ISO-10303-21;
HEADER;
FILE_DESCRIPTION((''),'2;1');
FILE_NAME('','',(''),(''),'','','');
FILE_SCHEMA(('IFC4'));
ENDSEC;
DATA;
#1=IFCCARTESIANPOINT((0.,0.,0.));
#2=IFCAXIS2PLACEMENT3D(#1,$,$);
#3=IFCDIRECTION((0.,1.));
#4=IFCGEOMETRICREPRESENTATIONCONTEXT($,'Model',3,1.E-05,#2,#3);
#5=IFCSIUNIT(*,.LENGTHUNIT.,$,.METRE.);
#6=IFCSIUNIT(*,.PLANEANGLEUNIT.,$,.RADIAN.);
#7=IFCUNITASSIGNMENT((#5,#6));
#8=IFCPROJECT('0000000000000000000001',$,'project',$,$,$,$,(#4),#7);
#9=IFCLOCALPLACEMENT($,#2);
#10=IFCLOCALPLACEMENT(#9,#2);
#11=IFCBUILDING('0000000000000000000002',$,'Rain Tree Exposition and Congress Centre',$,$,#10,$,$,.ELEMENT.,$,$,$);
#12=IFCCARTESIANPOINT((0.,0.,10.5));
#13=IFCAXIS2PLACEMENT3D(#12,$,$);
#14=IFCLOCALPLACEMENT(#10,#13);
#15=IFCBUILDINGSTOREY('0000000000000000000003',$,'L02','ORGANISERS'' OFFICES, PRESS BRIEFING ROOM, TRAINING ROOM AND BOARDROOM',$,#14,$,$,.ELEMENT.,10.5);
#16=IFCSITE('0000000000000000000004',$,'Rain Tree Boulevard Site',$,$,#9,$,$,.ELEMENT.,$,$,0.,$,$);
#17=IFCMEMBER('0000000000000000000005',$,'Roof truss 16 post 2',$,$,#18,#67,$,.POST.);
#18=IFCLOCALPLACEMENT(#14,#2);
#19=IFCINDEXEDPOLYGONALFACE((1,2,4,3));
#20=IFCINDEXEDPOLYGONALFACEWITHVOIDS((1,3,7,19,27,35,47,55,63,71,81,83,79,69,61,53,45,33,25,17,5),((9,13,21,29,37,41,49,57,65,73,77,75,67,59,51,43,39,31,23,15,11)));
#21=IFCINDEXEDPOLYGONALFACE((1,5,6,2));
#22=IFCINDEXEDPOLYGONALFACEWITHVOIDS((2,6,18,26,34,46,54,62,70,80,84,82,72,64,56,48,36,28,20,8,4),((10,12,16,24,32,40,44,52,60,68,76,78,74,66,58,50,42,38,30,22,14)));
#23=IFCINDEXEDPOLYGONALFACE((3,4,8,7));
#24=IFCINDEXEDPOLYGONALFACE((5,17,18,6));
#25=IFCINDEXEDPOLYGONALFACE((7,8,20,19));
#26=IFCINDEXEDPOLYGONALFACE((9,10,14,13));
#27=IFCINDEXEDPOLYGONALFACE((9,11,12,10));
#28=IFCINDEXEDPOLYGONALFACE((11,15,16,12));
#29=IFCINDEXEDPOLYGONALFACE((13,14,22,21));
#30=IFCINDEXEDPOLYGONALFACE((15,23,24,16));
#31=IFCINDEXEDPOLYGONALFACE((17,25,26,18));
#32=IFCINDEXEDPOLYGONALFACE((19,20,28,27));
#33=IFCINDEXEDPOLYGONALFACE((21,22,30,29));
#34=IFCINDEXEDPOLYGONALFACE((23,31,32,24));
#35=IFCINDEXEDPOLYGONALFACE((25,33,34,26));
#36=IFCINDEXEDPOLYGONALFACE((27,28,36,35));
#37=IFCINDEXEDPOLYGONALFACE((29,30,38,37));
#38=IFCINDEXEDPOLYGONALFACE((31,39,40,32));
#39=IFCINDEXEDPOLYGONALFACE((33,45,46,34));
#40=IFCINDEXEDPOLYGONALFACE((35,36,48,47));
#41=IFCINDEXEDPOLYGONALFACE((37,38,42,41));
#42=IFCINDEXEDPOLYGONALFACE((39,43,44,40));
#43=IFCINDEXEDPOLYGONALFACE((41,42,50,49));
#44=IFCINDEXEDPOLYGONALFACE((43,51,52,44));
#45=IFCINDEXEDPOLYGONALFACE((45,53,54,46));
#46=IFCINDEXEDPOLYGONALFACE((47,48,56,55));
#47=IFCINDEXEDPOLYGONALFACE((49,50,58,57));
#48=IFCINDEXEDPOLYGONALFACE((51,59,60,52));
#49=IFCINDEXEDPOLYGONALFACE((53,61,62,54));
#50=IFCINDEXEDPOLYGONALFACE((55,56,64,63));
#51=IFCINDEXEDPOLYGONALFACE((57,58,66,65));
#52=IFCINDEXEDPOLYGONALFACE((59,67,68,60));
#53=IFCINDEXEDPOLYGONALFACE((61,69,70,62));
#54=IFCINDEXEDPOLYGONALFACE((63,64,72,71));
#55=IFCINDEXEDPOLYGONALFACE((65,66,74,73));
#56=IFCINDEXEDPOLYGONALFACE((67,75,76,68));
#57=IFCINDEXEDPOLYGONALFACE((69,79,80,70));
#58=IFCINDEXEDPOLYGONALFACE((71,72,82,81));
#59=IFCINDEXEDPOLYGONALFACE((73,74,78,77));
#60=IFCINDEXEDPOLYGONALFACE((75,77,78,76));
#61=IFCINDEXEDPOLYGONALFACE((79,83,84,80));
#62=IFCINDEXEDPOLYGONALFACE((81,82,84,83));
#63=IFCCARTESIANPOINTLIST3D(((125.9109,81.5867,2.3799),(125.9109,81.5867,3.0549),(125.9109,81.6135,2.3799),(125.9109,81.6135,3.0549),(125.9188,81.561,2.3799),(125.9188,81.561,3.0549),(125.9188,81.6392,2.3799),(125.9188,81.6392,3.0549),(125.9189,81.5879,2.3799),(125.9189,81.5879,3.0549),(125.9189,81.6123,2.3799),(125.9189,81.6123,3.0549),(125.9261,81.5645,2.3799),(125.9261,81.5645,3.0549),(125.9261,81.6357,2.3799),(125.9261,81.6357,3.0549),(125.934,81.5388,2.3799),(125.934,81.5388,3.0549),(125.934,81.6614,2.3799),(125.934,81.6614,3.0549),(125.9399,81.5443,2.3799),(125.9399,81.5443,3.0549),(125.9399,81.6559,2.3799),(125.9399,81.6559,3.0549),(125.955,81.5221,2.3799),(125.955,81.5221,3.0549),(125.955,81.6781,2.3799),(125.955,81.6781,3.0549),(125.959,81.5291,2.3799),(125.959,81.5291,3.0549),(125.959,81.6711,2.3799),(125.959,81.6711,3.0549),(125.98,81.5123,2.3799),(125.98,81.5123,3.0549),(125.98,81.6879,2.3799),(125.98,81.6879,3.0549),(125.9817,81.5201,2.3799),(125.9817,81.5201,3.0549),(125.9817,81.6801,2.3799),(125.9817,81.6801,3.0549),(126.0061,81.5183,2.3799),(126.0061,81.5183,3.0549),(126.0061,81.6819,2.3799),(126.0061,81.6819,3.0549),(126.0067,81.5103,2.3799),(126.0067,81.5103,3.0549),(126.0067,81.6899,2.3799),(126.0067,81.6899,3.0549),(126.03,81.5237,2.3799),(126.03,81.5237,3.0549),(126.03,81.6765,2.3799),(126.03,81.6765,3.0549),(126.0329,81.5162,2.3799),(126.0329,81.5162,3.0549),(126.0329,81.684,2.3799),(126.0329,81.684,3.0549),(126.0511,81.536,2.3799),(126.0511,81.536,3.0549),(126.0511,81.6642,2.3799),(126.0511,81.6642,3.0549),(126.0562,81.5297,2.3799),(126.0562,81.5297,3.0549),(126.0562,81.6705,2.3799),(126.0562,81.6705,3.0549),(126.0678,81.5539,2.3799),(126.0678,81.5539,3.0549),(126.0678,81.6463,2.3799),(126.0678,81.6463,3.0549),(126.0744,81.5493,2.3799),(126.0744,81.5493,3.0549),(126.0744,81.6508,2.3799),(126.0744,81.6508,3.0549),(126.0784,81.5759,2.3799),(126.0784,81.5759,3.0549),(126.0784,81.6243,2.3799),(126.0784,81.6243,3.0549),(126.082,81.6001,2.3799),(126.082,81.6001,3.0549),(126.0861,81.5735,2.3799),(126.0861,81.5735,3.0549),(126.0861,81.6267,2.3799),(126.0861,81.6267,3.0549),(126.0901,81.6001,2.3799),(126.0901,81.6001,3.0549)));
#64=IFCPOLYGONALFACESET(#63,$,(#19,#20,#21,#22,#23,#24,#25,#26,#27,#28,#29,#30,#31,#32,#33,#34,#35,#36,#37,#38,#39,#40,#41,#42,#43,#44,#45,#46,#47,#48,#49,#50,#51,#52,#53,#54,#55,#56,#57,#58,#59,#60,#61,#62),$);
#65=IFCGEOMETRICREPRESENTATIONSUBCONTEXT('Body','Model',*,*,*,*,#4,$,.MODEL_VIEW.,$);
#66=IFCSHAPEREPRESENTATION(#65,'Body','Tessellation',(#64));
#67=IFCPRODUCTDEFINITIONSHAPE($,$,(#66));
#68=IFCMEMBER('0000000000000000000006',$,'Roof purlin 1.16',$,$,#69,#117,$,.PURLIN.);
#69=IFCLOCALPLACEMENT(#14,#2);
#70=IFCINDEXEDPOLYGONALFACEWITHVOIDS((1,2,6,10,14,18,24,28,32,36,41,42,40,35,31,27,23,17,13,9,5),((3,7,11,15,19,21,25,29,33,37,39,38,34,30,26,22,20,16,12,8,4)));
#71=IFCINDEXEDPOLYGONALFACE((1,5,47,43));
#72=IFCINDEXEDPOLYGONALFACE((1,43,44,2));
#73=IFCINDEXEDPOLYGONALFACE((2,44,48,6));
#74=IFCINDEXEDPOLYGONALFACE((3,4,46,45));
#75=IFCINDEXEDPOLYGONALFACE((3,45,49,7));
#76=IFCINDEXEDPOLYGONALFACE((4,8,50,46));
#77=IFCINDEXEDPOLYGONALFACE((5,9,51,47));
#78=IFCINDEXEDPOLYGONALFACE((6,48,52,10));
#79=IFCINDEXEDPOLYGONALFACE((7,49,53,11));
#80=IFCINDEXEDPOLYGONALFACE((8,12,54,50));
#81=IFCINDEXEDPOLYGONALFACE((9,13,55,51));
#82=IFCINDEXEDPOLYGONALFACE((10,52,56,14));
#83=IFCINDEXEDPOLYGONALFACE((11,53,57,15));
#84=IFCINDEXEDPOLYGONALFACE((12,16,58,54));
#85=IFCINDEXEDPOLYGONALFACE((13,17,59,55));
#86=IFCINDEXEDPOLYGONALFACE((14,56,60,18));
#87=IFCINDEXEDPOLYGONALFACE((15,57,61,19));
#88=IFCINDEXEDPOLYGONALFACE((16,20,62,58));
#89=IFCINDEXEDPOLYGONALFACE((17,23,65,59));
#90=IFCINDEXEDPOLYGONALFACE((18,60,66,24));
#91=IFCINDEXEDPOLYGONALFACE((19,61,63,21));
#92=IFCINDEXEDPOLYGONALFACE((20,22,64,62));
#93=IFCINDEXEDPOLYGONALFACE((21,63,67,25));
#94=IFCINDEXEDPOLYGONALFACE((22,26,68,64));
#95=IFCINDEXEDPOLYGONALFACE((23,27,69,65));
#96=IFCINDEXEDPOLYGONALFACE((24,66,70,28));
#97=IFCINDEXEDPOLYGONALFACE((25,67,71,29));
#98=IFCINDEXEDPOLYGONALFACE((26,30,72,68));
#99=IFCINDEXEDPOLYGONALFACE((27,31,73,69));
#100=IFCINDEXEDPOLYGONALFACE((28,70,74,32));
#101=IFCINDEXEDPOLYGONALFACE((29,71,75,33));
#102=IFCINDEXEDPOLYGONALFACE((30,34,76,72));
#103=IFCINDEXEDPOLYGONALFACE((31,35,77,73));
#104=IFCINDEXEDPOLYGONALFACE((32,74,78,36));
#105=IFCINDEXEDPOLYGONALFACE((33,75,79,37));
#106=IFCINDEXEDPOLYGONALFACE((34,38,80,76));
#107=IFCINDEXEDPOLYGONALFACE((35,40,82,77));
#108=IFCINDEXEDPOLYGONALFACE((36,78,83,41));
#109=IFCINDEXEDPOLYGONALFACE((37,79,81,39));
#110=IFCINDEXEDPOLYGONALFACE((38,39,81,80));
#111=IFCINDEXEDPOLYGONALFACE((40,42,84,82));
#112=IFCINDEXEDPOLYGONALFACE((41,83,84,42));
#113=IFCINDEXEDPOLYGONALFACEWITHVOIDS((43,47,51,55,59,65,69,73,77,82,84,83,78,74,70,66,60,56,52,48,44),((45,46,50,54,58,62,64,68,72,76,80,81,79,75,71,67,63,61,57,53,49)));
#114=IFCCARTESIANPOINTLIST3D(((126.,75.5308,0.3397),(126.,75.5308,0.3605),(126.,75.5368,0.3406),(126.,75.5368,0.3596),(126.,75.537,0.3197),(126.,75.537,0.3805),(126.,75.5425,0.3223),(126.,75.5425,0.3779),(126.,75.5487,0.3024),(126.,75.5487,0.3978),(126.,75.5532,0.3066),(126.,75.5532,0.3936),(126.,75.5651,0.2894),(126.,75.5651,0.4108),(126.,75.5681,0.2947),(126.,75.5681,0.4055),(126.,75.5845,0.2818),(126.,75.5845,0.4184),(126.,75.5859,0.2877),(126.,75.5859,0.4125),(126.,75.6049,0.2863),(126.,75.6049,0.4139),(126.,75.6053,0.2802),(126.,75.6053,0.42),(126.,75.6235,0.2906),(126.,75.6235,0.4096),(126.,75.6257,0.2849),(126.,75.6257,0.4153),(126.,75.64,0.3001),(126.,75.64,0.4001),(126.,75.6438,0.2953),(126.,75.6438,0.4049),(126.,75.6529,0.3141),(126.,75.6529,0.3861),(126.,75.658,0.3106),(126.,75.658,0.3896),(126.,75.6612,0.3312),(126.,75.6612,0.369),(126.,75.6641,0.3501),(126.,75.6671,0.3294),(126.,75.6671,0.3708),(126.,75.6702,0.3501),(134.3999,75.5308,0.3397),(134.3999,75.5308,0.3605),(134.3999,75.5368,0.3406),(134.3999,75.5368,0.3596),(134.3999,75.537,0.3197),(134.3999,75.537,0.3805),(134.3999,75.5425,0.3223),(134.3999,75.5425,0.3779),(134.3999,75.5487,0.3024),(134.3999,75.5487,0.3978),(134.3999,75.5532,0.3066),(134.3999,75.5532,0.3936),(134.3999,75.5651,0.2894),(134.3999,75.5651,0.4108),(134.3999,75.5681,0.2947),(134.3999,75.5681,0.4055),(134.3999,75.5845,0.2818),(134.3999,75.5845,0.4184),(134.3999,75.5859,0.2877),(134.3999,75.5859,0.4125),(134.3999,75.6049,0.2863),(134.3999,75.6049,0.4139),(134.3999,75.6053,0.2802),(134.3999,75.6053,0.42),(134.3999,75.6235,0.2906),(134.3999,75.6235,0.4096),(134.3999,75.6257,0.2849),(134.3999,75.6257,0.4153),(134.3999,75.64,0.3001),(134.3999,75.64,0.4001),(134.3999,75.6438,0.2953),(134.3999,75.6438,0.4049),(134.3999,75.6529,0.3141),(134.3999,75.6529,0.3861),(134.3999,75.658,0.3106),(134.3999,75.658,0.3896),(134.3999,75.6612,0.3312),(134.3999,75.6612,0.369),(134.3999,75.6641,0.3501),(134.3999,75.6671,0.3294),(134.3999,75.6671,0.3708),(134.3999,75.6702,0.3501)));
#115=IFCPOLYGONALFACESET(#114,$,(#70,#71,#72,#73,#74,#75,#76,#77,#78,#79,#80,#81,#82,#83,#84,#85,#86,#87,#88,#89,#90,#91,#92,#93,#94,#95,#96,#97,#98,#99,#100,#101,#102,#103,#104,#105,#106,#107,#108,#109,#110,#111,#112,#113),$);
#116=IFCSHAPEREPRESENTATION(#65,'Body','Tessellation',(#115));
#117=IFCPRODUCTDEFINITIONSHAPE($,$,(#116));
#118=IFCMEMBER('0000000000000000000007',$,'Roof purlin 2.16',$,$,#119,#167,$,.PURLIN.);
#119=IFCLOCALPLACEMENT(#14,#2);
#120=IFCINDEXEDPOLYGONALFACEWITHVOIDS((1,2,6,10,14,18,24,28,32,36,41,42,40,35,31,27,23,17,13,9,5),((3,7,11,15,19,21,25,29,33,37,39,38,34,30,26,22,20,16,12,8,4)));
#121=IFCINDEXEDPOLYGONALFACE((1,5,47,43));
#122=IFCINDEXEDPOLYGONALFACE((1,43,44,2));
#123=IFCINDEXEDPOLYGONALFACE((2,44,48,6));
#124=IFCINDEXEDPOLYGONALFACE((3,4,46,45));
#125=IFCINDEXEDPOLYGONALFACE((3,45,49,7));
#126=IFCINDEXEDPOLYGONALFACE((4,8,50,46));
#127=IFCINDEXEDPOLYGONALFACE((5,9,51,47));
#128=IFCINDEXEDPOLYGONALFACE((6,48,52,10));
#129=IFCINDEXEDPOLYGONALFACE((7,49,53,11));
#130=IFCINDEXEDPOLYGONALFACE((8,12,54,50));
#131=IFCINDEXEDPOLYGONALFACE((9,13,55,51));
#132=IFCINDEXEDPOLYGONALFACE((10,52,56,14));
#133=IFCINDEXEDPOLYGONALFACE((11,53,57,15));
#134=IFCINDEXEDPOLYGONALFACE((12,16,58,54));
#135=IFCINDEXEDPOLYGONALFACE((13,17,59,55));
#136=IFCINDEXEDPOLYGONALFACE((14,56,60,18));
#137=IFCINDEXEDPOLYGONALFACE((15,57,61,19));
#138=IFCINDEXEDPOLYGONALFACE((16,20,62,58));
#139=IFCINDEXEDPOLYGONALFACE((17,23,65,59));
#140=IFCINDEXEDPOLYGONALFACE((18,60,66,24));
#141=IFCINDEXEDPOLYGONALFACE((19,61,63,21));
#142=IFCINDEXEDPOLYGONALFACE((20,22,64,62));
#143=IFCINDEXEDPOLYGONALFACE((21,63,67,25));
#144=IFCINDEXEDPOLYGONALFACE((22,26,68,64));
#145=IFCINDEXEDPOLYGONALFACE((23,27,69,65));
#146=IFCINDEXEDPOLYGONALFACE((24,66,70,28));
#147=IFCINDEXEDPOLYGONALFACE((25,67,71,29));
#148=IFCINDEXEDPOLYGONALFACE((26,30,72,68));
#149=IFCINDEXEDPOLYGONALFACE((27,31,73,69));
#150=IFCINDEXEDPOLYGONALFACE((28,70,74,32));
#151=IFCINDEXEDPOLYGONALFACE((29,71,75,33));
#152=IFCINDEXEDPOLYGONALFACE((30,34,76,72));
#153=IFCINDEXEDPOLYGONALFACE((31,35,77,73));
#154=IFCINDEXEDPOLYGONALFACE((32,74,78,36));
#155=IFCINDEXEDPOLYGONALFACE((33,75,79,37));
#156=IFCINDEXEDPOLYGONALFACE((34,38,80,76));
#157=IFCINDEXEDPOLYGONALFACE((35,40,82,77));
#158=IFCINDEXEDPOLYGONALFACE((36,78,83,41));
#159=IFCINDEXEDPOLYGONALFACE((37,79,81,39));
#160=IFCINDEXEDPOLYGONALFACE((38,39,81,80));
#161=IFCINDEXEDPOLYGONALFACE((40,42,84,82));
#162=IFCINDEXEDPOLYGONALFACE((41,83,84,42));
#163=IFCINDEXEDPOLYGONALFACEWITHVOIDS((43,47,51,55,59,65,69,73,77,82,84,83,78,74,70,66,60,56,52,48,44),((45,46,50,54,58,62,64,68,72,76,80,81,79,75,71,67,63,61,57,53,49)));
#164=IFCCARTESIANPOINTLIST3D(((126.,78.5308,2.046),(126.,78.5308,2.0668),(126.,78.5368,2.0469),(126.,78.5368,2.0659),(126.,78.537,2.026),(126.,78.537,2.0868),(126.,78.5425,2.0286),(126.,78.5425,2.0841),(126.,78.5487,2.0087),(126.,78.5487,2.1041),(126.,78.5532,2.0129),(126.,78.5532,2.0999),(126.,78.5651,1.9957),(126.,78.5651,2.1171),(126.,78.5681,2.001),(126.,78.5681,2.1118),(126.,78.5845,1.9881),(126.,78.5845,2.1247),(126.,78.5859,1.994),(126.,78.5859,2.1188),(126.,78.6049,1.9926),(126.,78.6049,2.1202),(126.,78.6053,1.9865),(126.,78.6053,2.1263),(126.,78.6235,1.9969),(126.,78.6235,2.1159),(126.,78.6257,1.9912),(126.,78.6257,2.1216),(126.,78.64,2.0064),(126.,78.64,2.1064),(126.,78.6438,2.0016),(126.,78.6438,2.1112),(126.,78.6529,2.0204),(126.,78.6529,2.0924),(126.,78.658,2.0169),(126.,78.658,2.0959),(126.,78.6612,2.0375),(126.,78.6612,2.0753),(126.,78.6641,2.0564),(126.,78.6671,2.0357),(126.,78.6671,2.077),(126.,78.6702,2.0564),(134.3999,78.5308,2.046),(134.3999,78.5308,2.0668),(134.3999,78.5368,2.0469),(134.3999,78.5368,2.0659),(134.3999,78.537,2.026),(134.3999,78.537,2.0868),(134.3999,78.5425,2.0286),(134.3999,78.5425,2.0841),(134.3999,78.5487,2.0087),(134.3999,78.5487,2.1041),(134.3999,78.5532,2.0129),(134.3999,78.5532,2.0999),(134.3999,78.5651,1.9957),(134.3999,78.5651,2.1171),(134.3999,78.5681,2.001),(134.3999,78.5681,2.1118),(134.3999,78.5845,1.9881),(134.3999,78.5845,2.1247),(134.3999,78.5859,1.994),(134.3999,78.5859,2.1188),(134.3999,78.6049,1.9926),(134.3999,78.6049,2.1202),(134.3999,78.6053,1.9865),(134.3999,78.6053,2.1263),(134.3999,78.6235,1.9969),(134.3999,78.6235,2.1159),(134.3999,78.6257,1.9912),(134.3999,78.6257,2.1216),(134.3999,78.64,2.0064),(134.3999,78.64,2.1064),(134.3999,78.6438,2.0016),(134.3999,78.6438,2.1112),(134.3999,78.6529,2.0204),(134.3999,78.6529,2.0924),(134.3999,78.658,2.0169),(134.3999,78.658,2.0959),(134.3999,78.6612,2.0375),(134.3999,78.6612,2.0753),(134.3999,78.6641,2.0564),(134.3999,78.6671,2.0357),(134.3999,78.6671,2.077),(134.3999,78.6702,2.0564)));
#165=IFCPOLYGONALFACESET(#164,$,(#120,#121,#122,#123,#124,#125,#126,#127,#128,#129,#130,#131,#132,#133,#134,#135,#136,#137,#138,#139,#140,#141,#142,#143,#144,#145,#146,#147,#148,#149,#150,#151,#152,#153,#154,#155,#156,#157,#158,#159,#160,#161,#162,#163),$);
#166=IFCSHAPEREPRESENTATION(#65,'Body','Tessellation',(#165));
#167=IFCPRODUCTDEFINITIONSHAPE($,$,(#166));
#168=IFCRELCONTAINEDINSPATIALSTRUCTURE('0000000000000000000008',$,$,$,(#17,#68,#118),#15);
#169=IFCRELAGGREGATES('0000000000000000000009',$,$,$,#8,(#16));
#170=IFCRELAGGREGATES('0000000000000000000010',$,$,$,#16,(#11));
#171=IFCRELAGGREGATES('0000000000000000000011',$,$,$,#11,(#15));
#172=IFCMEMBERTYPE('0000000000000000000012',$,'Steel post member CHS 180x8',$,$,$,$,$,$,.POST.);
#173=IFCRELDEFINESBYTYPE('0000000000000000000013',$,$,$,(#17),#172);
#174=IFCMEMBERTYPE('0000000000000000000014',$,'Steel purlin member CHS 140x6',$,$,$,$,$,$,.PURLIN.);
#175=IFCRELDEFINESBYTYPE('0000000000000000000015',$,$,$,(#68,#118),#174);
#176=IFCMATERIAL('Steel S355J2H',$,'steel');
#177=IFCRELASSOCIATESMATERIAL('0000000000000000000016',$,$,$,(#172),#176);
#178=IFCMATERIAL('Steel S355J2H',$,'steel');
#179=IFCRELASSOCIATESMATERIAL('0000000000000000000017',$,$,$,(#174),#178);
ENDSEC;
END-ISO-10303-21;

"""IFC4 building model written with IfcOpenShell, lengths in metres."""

from ifc_helpers import new_model, si_unit, direction, frame, origin, origin_2d, place, context, subcontext, project, spatial, hollow_circle, extrude, material, material_profile, profile_set, type_object, element, save


model = new_model("IFC4")

# Units and contexts
model_context = context("Model", 3, precision=1e-05, world=origin(), true_north=direction((0.0, 1.0)))
body_context = subcontext(model_context, "Body", "Model", "MODEL_VIEW")
ifc_project = project(units=[si_unit("LENGTHUNIT", "METRE"), si_unit("PLANEANGLEUNIT", "RADIAN")], contexts=[model_context])

# Site, building, storey
site_placement = place(None, origin())
site = spatial("IfcSite", under=ifc_project, at=site_placement, Name="Rain Tree Boulevard Site", CompositionType="ELEMENT", RefElevation=0.0)
building_placement = place(site_placement, origin())
building = spatial("IfcBuilding", under=site, at=building_placement, Name="Rain Tree Exposition and Congress Centre", CompositionType="ELEMENT")
storey_placement = place(building_placement, frame((0.0, 0.0, 10.5)))
storey = spatial("IfcBuildingStorey", under=building, at=storey_placement, Name="L02", Description="ORGANISERS' OFFICES, PRESS BRIEFING ROOM, TRAINING ROOM AND BOARDROOM", CompositionType="ELEMENT", Elevation=10.5)

# Members
ifc_material_1 = material(Name="Steel S355J2H", Category="steel")
ifc_material_profile_1 = material_profile(ifc_material_1, hollow_circle(Radius=0.0901, WallThickness=0.0081, at=origin_2d()), Name="CHS 180x8")
ifc_profile_set_1 = profile_set([ifc_material_profile_1], Name="Steel S355J2H")
member_type_1 = type_object("IfcMemberType", Name="Steel post member CHS 180x8", PredefinedType="POST", material=ifc_profile_set_1)
member_1_placement = place(storey_placement, frame((126.0, 81.6001, 2.3799), z_axis=(0.0, 0.0, 1.0), x_axis=(1.0, 0.0, 0.0)))
element("IfcMember", 1, at=member_1_placement, inside=storey, type_object=member_type_1, Name="Roof truss 16 post 2", PredefinedType="POST", context=body_context, shape_type="SweptSolid", body=[
    extrude(hollow_circle(Radius=0.0901, WallThickness=0.0081, at=origin_2d()), origin(), (0.0, 0.0, 1.0), 0.675),
])
ifc_material_2 = material(Name="Steel S355J2H", Category="steel")
ifc_material_profile_2 = material_profile(ifc_material_2, hollow_circle(Radius=0.0701, WallThickness=0.0061, at=origin_2d()), Name="CHS 140x6")
ifc_profile_set_2 = profile_set([ifc_material_profile_2], Name="Steel S355J2H")
member_type_2 = type_object("IfcMemberType", Name="Steel purlin member CHS 140x6", PredefinedType="PURLIN", material=ifc_profile_set_2)
for number, where, z_axis, x_axis, name in (
    (2, (126.0, 75.6001, 0.3501), (1.0, 0.0, 0.0), (0.0, 1.0, 0.0), "Roof purlin 1.16"),
    (3, (126.0, 78.6001, 2.0564), (1.0, 0.0, 0.0), (0.0, 1.0, 0.0), "Roof purlin 2.16"),
):
    element("IfcMember", number, at=place(storey_placement, frame(where, z_axis=z_axis, x_axis=x_axis)), inside=storey, type_object=member_type_2, Name=name, PredefinedType="PURLIN", context=body_context, shape_type="SweptSolid", body=[
        extrude(hollow_circle(Radius=0.0701, WallThickness=0.0061, at=origin_2d()), origin(), (0.0, 0.0, 1.0), 8.3999),
    ])

save(model, "model.ifc")
